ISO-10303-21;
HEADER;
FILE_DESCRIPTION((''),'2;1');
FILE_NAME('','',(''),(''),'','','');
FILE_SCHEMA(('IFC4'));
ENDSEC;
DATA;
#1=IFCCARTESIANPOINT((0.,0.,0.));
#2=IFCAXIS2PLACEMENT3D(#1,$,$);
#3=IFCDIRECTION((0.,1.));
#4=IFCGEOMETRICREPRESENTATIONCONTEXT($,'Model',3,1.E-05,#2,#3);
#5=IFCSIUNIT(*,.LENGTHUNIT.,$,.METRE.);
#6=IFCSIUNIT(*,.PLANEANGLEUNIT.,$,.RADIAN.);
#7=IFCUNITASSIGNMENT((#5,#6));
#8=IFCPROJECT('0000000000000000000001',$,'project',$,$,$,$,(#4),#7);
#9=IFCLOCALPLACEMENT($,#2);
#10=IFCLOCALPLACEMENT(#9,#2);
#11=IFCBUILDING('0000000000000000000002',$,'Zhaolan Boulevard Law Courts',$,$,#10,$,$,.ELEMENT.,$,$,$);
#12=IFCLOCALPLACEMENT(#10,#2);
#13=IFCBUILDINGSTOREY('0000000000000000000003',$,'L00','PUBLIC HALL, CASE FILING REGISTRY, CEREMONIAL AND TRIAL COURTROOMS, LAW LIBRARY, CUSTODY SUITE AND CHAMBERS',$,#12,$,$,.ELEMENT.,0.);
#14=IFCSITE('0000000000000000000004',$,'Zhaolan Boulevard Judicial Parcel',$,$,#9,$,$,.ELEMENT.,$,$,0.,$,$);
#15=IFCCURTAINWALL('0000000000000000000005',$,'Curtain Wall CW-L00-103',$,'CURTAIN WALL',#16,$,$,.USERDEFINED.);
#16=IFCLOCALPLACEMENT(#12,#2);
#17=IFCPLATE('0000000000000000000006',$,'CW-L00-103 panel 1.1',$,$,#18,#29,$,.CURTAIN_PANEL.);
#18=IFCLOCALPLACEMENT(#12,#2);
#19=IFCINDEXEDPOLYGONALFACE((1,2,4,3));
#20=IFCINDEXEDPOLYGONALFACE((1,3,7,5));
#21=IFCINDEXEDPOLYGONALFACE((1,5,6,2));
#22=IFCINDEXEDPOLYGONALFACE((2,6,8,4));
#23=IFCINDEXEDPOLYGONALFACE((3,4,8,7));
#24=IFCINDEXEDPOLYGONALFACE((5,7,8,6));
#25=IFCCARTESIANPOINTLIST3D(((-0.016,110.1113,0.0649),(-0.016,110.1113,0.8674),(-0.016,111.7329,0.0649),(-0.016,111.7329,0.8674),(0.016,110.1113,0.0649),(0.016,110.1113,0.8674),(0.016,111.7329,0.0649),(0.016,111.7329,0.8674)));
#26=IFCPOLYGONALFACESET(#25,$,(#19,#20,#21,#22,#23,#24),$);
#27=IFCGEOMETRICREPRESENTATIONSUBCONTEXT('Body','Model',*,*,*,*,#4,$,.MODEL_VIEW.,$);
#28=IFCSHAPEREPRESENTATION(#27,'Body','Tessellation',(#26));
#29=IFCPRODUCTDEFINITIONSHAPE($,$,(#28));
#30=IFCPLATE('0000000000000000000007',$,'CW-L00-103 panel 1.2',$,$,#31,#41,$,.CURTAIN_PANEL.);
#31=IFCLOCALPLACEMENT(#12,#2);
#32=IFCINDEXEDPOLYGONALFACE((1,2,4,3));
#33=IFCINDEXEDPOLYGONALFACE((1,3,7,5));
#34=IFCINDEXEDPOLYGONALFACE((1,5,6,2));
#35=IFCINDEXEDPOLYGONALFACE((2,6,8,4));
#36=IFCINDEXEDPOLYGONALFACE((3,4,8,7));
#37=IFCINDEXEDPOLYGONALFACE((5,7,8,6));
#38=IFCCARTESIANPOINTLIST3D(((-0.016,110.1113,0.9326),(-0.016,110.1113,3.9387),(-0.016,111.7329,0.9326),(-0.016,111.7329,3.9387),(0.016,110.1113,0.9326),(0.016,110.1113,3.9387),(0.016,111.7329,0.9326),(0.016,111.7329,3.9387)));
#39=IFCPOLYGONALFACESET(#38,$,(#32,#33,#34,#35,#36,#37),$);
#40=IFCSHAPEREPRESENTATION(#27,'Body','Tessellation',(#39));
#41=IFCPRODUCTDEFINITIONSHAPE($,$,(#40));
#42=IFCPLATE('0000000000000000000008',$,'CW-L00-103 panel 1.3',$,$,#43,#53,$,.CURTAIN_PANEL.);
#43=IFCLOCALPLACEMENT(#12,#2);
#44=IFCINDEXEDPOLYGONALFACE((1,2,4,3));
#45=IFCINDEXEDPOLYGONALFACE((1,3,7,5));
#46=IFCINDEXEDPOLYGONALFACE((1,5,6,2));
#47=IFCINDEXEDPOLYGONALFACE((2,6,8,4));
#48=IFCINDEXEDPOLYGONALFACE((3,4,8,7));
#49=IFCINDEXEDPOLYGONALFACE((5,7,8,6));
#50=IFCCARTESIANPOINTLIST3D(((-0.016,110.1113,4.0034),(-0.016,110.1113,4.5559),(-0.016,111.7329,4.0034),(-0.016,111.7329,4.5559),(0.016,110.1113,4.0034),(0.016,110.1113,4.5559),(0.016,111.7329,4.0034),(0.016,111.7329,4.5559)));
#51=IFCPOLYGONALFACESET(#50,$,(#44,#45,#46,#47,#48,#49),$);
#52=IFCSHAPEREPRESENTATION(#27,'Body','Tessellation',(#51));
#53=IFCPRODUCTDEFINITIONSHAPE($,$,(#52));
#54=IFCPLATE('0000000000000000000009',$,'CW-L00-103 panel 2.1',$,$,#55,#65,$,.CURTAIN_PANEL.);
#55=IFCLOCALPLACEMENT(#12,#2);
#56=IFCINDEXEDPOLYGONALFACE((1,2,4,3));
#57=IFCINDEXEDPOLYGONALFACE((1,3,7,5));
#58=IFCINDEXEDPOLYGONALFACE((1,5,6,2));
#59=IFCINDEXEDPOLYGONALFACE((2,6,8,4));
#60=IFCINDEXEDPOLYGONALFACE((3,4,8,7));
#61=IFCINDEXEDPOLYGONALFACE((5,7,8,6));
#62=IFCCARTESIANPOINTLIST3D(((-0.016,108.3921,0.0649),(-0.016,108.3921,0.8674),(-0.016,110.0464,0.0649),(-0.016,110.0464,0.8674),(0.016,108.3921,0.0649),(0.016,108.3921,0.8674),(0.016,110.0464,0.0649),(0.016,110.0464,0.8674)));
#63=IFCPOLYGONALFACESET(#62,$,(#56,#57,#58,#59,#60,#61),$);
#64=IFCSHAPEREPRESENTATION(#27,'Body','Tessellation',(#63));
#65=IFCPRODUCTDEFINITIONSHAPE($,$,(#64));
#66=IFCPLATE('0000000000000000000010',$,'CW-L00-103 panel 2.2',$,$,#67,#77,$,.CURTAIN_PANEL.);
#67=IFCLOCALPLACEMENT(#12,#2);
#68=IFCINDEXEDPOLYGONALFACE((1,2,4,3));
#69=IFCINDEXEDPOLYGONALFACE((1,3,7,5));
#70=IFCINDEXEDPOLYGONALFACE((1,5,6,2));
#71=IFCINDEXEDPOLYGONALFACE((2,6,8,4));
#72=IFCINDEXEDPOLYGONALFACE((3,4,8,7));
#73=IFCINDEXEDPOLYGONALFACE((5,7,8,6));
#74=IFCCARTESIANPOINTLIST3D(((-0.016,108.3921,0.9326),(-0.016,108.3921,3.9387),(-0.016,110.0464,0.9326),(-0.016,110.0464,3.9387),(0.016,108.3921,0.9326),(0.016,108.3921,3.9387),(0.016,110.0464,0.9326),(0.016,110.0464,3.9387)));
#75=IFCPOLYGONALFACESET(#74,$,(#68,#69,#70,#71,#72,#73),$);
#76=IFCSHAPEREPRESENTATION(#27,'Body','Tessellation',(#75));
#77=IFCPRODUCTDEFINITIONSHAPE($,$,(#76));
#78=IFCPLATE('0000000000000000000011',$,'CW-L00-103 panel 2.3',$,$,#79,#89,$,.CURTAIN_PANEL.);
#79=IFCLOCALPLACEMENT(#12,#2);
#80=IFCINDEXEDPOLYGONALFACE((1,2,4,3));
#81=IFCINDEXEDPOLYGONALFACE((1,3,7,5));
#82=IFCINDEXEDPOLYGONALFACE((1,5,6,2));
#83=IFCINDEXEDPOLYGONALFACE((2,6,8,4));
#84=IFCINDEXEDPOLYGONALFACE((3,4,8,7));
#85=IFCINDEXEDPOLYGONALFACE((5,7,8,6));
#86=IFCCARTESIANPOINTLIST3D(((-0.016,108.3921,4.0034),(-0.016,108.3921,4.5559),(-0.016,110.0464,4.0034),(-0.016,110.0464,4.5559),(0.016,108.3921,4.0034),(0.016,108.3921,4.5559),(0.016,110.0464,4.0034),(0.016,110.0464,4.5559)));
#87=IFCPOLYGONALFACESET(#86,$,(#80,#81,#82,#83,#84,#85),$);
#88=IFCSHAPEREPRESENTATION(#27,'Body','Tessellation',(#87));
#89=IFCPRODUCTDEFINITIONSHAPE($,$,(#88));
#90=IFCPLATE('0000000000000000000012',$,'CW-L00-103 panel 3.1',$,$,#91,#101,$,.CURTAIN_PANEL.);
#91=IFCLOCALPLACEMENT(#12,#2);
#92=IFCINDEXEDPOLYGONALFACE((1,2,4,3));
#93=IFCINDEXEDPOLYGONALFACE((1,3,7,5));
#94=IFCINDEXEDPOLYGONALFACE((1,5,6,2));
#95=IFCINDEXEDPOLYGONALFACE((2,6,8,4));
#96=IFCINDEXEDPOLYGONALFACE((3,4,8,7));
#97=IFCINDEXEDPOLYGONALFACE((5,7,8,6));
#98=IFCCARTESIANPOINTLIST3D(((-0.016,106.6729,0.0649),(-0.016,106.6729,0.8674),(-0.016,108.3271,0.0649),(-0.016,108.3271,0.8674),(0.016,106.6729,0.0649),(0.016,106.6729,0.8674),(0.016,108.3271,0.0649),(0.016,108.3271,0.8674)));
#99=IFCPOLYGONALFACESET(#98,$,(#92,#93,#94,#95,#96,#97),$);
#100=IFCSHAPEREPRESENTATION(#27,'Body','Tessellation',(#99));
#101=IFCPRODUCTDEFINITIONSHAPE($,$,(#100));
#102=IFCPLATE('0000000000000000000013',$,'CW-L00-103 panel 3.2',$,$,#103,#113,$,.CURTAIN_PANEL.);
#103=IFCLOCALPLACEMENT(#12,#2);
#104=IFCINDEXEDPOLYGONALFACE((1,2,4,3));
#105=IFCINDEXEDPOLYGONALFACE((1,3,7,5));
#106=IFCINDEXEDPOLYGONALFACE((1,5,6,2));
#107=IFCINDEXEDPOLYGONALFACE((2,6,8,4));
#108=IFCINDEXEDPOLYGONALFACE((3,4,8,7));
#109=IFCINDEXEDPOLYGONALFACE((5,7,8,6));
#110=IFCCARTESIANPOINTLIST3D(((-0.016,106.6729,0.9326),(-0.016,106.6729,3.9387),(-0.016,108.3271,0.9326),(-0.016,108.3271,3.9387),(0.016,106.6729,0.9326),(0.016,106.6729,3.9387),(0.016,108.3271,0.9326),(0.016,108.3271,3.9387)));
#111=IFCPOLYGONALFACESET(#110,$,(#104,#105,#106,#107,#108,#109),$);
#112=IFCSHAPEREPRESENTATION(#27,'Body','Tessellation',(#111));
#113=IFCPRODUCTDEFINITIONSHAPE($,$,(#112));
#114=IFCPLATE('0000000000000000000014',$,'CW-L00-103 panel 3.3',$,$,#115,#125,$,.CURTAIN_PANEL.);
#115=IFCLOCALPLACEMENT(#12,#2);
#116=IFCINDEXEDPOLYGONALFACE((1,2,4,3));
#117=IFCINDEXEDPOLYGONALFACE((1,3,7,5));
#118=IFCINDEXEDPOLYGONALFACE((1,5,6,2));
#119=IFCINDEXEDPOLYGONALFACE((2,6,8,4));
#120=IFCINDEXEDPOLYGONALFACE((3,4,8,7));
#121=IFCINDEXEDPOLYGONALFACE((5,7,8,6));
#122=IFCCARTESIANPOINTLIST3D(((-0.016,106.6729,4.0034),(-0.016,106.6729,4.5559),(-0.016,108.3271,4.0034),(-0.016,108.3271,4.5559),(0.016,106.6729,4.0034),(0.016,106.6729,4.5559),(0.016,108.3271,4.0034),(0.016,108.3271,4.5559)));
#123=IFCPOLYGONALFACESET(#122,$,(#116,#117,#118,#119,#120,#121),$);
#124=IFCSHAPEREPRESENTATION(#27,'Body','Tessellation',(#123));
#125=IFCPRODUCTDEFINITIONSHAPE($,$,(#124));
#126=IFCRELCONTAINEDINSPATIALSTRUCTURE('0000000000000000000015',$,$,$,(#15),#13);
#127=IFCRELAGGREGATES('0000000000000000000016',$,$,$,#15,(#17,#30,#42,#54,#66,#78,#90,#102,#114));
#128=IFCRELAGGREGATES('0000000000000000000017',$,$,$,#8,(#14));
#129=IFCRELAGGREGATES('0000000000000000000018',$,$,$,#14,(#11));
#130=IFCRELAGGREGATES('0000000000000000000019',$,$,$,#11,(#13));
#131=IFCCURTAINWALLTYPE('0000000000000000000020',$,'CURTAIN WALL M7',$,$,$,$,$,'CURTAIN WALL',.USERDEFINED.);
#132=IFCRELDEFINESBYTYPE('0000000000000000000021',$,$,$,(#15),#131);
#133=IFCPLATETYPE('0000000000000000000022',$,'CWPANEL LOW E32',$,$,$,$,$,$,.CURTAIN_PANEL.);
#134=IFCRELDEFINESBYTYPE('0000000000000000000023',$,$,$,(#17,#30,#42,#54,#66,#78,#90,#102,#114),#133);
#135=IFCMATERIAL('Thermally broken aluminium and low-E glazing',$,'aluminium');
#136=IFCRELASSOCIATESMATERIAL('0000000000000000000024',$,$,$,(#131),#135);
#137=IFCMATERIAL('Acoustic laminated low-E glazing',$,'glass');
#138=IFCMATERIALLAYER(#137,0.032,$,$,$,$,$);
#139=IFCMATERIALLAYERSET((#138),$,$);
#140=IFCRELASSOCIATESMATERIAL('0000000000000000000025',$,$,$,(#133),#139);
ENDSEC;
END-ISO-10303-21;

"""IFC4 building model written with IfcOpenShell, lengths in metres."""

from ifc_helpers import new_model, si_unit, direction, frame, origin, origin_2d, place, context, subcontext, project, spatial, rectangle, extrude, material, layer, layer_set, type_object, element, aggregate, save


model = new_model("IFC4")

# Units and contexts
model_context = context("Model", 3, precision=1e-05, world=origin(), true_north=direction((0.0, 1.0)))
body_context = subcontext(model_context, "Body", "Model", "MODEL_VIEW")
ifc_project = project(units=[si_unit("LENGTHUNIT", "METRE"), si_unit("PLANEANGLEUNIT", "RADIAN")], contexts=[model_context])

# Site, building, storey
site_placement = place(None, origin())
site = spatial("IfcSite", under=ifc_project, at=site_placement, Name="Zhaolan Boulevard Judicial Parcel", CompositionType="ELEMENT", RefElevation=0.0)
building_placement = place(site_placement, origin())
building = spatial("IfcBuilding", under=site, at=building_placement, Name="Zhaolan Boulevard Law Courts", CompositionType="ELEMENT")
storey_placement = place(building_placement, origin())
storey = spatial("IfcBuildingStorey", under=building, at=storey_placement, Name="L00", Description="PUBLIC HALL, CASE FILING REGISTRY, CEREMONIAL AND TRIAL COURTROOMS, LAW LIBRARY, CUSTODY SUITE AND CHAMBERS", CompositionType="ELEMENT", Elevation=0.0)

# Curtain wall, plates
ifc_material_1 = material(Name="Thermally broken aluminium and low-E glazing", Category="aluminium")
curtain_wall_type = type_object("IfcCurtainWallType", Name="CURTAIN WALL M7", ElementType="CURTAIN WALL", PredefinedType="USERDEFINED", material=ifc_material_1)
curtain_wall_placement = place(storey_placement, origin())
curtain_wall = element("IfcCurtainWall", 1, at=curtain_wall_placement, inside=storey, type_object=curtain_wall_type, Name="Curtain Wall CW-L00-103", ObjectType="CURTAIN WALL", PredefinedType="USERDEFINED")
ifc_material_2 = material(Name="Acoustic laminated low-E glazing", Category="glass")
ifc_layer = layer(ifc_material_2, 0.032)
ifc_layer_set = layer_set([ifc_layer])
plate_type = type_object("IfcPlateType", Name="CWPANEL LOW E32", PredefinedType="CURTAIN_PANEL", material=ifc_layer_set)
plate_1_placement = place(storey_placement, frame((0.0, 110.9221, 0.0649), z_axis=(0.0, 0.0, 1.0), x_axis=(0.0, -1.0, 0.0)))
plate_1 = element("IfcPlate", 2, at=plate_1_placement, type_object=plate_type, Name="CW-L00-103 panel 1.1", PredefinedType="CURTAIN_PANEL", context=body_context, shape_type="SweptSolid", body=[
    extrude(rectangle(XDim=1.6216, YDim=0.032, at=origin_2d()), origin(), (0.0, 0.0, 1.0), 0.8025),
])
plate_2_placement = place(storey_placement, frame((0.0, 110.9221, 0.9326), z_axis=(0.0, 0.0, 1.0), x_axis=(0.0, -1.0, 0.0)))
plate_2 = element("IfcPlate", 3, at=plate_2_placement, type_object=plate_type, Name="CW-L00-103 panel 1.2", PredefinedType="CURTAIN_PANEL", context=body_context, shape_type="SweptSolid", body=[
    extrude(rectangle(XDim=1.6216, YDim=0.032, at=origin_2d()), origin(), (0.0, 0.0, 1.0), 3.0061),
])
plate_3_placement = place(storey_placement, frame((0.0, 110.9221, 4.0034), z_axis=(0.0, 0.0, 1.0), x_axis=(0.0, -1.0, 0.0)))
plate_3 = element("IfcPlate", 4, at=plate_3_placement, type_object=plate_type, Name="CW-L00-103 panel 1.3", PredefinedType="CURTAIN_PANEL", context=body_context, shape_type="SweptSolid", body=[
    extrude(rectangle(XDim=1.6216, YDim=0.032, at=origin_2d()), origin(), (0.0, 0.0, 1.0), 0.5525),
])
plate_4_placement = place(storey_placement, frame((0.0, 109.2192, 0.0649), z_axis=(0.0, 0.0, 1.0), x_axis=(0.0, -1.0, 0.0)))
plate_4 = element("IfcPlate", 5, at=plate_4_placement, type_object=plate_type, Name="CW-L00-103 panel 2.1", PredefinedType="CURTAIN_PANEL", context=body_context, shape_type="SweptSolid", body=[
    extrude(rectangle(XDim=1.6543, YDim=0.032, at=origin_2d()), origin(), (0.0, 0.0, 1.0), 0.8025),
])
plate_5_placement = place(storey_placement, frame((0.0, 109.2192, 0.9326), z_axis=(0.0, 0.0, 1.0), x_axis=(0.0, -1.0, 0.0)))
plate_5 = element("IfcPlate", 6, at=plate_5_placement, type_object=plate_type, Name="CW-L00-103 panel 2.2", PredefinedType="CURTAIN_PANEL", context=body_context, shape_type="SweptSolid", body=[
    extrude(rectangle(XDim=1.6543, YDim=0.032, at=origin_2d()), origin(), (0.0, 0.0, 1.0), 3.0061),
])
plate_6_placement = place(storey_placement, frame((0.0, 109.2192, 4.0034), z_axis=(0.0, 0.0, 1.0), x_axis=(0.0, -1.0, 0.0)))
plate_6 = element("IfcPlate", 7, at=plate_6_placement, type_object=plate_type, Name="CW-L00-103 panel 2.3", PredefinedType="CURTAIN_PANEL", context=body_context, shape_type="SweptSolid", body=[
    extrude(rectangle(XDim=1.6543, YDim=0.032, at=origin_2d()), origin(), (0.0, 0.0, 1.0), 0.5525),
])
plate_7_placement = place(storey_placement, frame((0.0, 107.5, 0.0649), z_axis=(0.0, 0.0, 1.0), x_axis=(0.0, -1.0, 0.0)))
plate_7 = element("IfcPlate", 8, at=plate_7_placement, type_object=plate_type, Name="CW-L00-103 panel 3.1", PredefinedType="CURTAIN_PANEL", context=body_context, shape_type="SweptSolid", body=[
    extrude(rectangle(XDim=1.6543, YDim=0.032, at=origin_2d()), origin(), (0.0, 0.0, 1.0), 0.8025),
])
plate_8_placement = place(storey_placement, frame((0.0, 107.5, 0.9326), z_axis=(0.0, 0.0, 1.0), x_axis=(0.0, -1.0, 0.0)))
plate_8 = element("IfcPlate", 9, at=plate_8_placement, type_object=plate_type, Name="CW-L00-103 panel 3.2", PredefinedType="CURTAIN_PANEL", context=body_context, shape_type="SweptSolid", body=[
    extrude(rectangle(XDim=1.6543, YDim=0.032, at=origin_2d()), origin(), (0.0, 0.0, 1.0), 3.0061),
])
plate_9_placement = place(storey_placement, frame((0.0, 107.5, 4.0034), z_axis=(0.0, 0.0, 1.0), x_axis=(0.0, -1.0, 0.0)))
plate_9 = element("IfcPlate", 10, at=plate_9_placement, type_object=plate_type, Name="CW-L00-103 panel 3.3", PredefinedType="CURTAIN_PANEL", context=body_context, shape_type="SweptSolid", body=[
    extrude(rectangle(XDim=1.6543, YDim=0.032, at=origin_2d()), origin(), (0.0, 0.0, 1.0), 0.5525),
])
aggregate(curtain_wall, [plate_1, plate_2, plate_3, plate_4, plate_5, plate_6, plate_7, plate_8, plate_9])

save(model, "model.ifc")
